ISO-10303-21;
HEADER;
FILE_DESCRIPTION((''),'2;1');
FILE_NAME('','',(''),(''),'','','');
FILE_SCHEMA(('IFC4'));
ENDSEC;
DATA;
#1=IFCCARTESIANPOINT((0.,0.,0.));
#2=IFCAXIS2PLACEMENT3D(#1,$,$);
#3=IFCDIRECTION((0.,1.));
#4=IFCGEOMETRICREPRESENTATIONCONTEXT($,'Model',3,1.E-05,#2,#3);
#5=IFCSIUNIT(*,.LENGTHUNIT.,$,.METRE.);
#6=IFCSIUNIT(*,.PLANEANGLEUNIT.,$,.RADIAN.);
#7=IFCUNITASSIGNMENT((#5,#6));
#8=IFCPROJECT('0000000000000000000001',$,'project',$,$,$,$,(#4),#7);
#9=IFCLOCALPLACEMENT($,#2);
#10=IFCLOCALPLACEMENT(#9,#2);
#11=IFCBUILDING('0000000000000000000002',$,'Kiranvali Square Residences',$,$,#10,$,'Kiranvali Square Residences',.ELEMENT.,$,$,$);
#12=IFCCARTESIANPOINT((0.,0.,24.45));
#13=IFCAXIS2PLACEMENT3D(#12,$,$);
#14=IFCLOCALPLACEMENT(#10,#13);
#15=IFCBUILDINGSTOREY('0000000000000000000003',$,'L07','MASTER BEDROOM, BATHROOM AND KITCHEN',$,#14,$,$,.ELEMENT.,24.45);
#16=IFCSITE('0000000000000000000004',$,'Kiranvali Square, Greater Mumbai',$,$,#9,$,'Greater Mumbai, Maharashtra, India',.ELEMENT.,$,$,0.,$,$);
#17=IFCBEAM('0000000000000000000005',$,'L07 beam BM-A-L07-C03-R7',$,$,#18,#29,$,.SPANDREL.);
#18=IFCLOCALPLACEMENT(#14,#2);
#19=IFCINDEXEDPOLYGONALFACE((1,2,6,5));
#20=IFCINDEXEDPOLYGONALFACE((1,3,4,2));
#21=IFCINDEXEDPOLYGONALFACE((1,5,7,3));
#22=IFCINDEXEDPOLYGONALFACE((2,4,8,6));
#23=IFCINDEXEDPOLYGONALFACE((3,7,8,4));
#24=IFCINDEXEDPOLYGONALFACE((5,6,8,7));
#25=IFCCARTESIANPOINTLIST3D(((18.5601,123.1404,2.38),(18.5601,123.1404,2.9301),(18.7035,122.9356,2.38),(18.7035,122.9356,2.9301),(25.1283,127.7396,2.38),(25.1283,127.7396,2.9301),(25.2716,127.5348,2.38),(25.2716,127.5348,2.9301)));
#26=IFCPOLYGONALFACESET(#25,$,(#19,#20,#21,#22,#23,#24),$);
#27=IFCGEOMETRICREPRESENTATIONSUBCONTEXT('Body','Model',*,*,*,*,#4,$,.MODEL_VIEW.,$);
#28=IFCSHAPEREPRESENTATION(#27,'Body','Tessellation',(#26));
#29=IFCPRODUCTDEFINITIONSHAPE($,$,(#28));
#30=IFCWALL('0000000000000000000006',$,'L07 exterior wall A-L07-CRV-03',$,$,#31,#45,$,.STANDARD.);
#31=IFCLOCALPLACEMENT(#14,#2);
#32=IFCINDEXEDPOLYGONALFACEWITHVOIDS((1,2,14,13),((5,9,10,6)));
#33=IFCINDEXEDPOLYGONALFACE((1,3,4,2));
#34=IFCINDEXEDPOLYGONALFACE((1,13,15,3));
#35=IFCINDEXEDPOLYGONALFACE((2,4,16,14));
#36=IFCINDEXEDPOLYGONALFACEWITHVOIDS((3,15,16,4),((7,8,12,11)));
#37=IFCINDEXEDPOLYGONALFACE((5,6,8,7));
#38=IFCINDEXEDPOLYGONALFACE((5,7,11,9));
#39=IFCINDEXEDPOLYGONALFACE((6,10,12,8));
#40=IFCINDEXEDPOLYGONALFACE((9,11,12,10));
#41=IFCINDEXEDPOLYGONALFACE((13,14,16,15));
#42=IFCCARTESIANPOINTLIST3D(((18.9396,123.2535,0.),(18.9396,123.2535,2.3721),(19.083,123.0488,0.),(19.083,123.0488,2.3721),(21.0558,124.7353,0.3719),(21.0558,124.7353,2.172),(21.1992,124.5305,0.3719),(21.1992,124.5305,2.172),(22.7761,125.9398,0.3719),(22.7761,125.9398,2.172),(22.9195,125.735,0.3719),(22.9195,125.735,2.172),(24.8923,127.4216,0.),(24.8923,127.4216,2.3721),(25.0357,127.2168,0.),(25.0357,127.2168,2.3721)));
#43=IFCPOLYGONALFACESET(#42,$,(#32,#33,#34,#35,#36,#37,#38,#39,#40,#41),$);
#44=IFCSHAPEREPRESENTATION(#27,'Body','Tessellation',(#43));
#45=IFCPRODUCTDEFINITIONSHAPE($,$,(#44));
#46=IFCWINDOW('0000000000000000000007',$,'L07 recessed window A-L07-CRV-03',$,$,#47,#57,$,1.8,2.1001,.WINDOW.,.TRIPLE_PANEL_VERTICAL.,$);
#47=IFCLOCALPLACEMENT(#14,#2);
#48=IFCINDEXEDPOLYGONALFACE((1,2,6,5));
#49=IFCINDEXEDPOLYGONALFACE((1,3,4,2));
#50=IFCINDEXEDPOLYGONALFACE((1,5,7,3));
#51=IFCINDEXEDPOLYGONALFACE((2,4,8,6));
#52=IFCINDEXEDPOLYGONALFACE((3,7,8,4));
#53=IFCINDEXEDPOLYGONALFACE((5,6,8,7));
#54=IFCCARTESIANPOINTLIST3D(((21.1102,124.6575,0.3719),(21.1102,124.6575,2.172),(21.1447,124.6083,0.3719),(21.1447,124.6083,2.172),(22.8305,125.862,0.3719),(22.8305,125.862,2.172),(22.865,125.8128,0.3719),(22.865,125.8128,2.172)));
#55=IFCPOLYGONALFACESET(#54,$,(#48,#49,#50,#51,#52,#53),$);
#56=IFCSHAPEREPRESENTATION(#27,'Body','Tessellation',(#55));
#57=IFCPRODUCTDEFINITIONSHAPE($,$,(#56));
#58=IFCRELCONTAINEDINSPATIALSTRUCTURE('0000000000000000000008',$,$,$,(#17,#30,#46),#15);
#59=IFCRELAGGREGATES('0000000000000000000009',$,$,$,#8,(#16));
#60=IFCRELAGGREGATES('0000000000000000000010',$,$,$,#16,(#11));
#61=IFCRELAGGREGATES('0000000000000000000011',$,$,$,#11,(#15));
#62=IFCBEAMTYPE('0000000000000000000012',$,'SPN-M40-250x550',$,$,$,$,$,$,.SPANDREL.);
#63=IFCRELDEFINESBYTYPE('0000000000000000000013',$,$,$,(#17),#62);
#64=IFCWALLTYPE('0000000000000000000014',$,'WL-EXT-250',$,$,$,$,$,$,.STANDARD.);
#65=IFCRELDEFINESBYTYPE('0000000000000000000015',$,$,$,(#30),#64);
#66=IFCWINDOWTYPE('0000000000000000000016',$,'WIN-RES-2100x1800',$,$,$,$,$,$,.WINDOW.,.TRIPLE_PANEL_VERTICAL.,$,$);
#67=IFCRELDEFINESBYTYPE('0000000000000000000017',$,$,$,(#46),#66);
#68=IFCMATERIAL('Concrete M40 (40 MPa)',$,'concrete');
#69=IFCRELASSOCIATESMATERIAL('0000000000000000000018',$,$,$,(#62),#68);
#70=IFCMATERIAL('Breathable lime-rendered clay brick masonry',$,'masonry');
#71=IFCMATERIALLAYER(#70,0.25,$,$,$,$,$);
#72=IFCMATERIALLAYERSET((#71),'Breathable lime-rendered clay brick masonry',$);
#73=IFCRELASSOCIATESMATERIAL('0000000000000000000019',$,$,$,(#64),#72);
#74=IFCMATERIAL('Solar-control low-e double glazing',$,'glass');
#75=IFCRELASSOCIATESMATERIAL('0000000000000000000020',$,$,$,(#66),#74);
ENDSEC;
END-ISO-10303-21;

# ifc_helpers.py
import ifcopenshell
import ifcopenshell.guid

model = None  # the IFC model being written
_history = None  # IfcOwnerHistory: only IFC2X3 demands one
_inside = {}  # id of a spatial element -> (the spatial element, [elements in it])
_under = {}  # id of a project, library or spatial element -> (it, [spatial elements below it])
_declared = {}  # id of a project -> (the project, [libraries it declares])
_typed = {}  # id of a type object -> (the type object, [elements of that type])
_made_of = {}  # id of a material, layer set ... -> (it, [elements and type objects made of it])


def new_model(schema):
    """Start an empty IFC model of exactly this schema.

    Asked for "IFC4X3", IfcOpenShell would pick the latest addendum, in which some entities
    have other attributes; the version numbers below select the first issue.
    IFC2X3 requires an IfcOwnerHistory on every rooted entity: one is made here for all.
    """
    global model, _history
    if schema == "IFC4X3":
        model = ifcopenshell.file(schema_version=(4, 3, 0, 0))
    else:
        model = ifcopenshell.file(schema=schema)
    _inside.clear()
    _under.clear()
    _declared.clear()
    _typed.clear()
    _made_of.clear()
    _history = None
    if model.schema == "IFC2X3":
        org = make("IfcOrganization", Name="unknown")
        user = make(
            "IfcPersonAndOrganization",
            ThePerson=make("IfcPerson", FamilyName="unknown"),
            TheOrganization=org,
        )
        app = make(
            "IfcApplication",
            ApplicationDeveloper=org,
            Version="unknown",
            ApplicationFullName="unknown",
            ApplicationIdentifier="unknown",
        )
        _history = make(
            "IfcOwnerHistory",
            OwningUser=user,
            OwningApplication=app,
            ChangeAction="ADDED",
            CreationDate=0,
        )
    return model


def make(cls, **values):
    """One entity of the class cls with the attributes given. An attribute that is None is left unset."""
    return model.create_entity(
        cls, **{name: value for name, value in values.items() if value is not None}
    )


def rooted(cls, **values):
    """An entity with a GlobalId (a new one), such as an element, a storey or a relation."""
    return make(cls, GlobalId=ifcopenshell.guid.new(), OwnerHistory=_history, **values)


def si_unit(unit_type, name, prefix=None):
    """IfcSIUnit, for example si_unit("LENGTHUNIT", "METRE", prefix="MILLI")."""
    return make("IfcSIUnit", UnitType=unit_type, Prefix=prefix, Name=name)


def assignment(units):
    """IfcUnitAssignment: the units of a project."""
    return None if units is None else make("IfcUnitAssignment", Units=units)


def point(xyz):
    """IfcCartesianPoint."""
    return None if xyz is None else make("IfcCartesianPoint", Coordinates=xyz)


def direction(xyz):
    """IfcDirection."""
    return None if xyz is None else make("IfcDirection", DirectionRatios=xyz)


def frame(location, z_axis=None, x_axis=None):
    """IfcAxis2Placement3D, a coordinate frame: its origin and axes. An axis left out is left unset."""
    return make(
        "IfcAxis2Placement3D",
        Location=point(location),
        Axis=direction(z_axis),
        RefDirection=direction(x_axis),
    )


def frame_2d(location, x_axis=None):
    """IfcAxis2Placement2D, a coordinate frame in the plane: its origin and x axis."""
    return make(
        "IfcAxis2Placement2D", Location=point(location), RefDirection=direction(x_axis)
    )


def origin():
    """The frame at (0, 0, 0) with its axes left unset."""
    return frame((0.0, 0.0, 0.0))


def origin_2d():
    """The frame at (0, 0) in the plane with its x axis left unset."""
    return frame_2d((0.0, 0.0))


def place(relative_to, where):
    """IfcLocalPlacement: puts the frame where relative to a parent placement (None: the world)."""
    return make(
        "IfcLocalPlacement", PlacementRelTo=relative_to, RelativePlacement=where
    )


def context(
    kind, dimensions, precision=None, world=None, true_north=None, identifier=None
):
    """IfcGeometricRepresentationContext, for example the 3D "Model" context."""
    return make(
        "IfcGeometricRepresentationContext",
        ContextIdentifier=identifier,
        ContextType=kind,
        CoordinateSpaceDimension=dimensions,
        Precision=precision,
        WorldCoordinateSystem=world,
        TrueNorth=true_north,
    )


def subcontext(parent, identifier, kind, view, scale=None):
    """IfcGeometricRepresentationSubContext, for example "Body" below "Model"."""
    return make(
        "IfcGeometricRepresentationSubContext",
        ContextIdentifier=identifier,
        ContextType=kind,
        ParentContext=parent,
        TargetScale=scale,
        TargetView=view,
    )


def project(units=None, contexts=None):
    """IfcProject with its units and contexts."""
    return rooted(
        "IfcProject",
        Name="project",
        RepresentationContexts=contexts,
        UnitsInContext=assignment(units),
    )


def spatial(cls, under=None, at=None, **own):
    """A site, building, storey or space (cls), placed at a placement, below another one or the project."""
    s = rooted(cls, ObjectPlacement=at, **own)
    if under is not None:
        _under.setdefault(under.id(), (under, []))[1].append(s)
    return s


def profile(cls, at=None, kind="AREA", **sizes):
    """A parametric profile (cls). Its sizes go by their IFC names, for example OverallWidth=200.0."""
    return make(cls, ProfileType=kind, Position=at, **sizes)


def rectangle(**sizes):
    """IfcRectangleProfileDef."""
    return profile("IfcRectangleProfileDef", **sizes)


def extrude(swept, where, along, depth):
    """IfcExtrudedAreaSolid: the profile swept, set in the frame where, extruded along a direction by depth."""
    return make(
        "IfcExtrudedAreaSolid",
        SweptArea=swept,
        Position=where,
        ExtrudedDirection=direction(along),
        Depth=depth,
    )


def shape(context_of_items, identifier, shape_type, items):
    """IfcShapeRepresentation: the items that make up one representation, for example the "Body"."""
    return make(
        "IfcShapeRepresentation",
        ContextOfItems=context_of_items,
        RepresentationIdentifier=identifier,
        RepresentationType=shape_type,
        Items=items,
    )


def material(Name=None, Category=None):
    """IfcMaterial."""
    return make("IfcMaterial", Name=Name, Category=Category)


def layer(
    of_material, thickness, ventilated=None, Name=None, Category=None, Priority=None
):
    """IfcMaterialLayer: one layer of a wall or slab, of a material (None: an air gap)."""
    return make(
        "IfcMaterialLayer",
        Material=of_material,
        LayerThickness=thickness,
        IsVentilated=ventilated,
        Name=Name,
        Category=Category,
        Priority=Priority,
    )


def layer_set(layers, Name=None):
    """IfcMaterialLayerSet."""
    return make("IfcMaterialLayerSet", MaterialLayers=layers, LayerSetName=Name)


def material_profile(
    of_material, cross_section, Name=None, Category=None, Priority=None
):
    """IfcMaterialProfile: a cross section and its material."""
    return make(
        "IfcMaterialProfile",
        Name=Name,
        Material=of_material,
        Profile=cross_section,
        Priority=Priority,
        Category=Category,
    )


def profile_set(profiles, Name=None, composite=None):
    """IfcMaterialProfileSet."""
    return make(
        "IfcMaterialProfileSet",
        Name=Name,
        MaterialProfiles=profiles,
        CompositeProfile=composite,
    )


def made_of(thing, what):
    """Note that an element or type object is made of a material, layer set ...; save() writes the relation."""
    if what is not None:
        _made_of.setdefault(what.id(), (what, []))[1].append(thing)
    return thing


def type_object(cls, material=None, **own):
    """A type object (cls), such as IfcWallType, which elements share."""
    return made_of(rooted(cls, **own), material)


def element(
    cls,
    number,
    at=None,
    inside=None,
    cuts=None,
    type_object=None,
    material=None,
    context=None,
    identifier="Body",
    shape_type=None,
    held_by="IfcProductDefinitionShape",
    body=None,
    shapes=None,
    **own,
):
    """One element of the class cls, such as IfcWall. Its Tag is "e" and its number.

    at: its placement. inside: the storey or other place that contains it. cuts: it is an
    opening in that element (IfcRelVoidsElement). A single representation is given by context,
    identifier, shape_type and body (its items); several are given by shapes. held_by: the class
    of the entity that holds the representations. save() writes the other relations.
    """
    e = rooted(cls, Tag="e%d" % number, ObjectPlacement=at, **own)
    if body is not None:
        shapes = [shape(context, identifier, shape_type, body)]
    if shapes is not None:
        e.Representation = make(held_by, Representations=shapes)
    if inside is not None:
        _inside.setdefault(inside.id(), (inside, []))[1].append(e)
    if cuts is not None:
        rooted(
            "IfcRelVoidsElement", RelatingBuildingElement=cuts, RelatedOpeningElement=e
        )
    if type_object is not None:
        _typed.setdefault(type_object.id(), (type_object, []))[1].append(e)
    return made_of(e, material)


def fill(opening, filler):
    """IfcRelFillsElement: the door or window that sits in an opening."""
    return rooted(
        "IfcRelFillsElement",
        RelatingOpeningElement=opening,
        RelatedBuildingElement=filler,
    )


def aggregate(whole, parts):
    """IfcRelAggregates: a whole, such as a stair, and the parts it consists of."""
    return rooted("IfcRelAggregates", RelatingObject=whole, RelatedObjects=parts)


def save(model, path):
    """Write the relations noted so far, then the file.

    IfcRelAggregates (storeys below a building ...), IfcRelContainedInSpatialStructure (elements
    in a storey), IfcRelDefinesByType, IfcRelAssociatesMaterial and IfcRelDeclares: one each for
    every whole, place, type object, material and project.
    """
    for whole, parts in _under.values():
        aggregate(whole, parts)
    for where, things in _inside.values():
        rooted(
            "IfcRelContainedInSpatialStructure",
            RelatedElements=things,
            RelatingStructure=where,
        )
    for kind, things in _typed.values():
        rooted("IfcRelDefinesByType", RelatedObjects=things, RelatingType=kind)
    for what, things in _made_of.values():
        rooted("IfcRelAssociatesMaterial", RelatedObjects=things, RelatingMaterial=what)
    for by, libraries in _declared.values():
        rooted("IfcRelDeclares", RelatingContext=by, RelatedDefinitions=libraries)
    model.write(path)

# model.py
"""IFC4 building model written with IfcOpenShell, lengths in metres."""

from ifc_helpers import new_model, si_unit, direction, frame, frame_2d, origin, origin_2d, place, context, subcontext, project, spatial, rectangle, extrude, material, layer, layer_set, material_profile, profile_set, type_object, element, fill, save


model = new_model("IFC4")

# Units and contexts
model_context = context("Model", 3, precision=1e-05, world=origin(), true_north=direction((0.0, 1.0)))
body_context = subcontext(model_context, "Body", "Model", "MODEL_VIEW")
ifc_project = project(units=[si_unit("LENGTHUNIT", "METRE"), si_unit("PLANEANGLEUNIT", "RADIAN")], contexts=[model_context])

# Site, building, storey
site_placement = place(None, origin())
site = spatial("IfcSite", under=ifc_project, at=site_placement, Name="Kiranvali Square, Greater Mumbai", LongName="Greater Mumbai, Maharashtra, India", CompositionType="ELEMENT", RefElevation=0.0)
building_placement = place(site_placement, origin())
building = spatial("IfcBuilding", under=site, at=building_placement, Name="Kiranvali Square Residences", LongName="Kiranvali Square Residences", CompositionType="ELEMENT")
storey_placement = place(building_placement, frame((0.0, 0.0, 24.45)))
storey = spatial("IfcBuildingStorey", under=building, at=storey_placement, Name="L07", Description="MASTER BEDROOM, BATHROOM AND KITCHEN", CompositionType="ELEMENT", Elevation=24.45)

# Beam
ifc_material_1 = material(Name="Concrete M40 (40 MPa)", Category="concrete")
ifc_material_profile_1 = material_profile(ifc_material_1, rectangle(XDim=0.25, YDim=0.55, at=origin_2d()), Name="RC 250x550")
ifc_profile_set_1 = profile_set([ifc_material_profile_1], Name="Concrete M40 (40 MPa)")
beam_type_1 = type_object("IfcBeamType", Name="SPN-M40-250x550", PredefinedType="SPANDREL", material=ifc_profile_set_1)
beam_1_placement = place(storey_placement, frame((25.2, 127.6372, 2.655), z_axis=(-0.819148, -0.573583, 0.0), x_axis=(0.573583, -0.819148, 0.0)))
element("IfcBeam", 1, at=beam_1_placement, inside=storey, type_object=beam_type_1, Name="L07 beam BM-A-L07-C03-R7", PredefinedType="SPANDREL", context=body_context, shape_type="SweptSolid", body=[
    extrude(rectangle(XDim=0.25, YDim=0.55, at=origin_2d()), origin(), (0.0, 0.0, 1.0), 8.0183),
])

# Wall, opening, window
ifc_material_2 = material(Name="Breathable lime-rendered clay brick masonry", Category="masonry")
ifc_layer = layer(ifc_material_2, 0.25)
ifc_layer_set = layer_set([ifc_layer], Name="Breathable lime-rendered clay brick masonry")
wall_type = type_object("IfcWallType", Name="WL-EXT-250", PredefinedType="STANDARD", material=ifc_layer_set)
wall_placement = place(storey_placement, frame((24.9639, 127.3191, 0.0), z_axis=(0.0, 0.0, 1.0), x_axis=(-0.819159, -0.573566, 0.0)))
wall = element("IfcWall", 2, at=wall_placement, inside=storey, type_object=wall_type, Name="L07 exterior wall A-L07-CRV-03", PredefinedType="STANDARD", context=body_context, shape_type="SweptSolid", body=[
    extrude(rectangle(XDim=7.2668, YDim=0.25, at=frame_2d((3.6333, 0.0))), origin(), (0.0, 0.0, 1.0), 2.3721),
])
opening_placement = place(wall_placement, frame((2.5833, 0.0, 0.3721)))
opening = element("IfcOpeningElement", 3, at=opening_placement, cuts=wall, PredefinedType="OPENING", context=body_context, shape_type="SweptSolid", body=[
    extrude(rectangle(XDim=2.1001, YDim=1.8, at=frame_2d((1.05, 0.8999))), frame((0.0, 0.135, 0.0), z_axis=(0.0, -1.0, 0.0), x_axis=(1.0, 0.0, 0.0)), (0.0, 0.0, 1.0), 0.27),
])
ifc_material_3 = material(Name="Solar-control low-e double glazing", Category="glass")
window_type = type_object("IfcWindowType", Name="WIN-RES-2100x1800", PartitioningType="TRIPLE_PANEL_VERTICAL", PredefinedType="WINDOW", material=ifc_material_3)
window_placement = place(opening_placement, origin())
window = element("IfcWindow", 4, at=window_placement, inside=storey, type_object=window_type, Name="L07 recessed window A-L07-CRV-03", OverallHeight=1.8, OverallWidth=2.1001, PartitioningType="TRIPLE_PANEL_VERTICAL", PredefinedType="WINDOW", context=body_context, shape_type="SweptSolid", body=[
    extrude(rectangle(XDim=2.1001, YDim=1.8, at=frame_2d((1.05, 0.8999))), frame((0.0, 0.03, 0.0), z_axis=(0.0, -1.0, 0.0), x_axis=(1.0, 0.0, 0.0)), (0.0, 0.0, 1.0), 0.0601),
])
fill(opening, window)

save(model, "model.ifc")
